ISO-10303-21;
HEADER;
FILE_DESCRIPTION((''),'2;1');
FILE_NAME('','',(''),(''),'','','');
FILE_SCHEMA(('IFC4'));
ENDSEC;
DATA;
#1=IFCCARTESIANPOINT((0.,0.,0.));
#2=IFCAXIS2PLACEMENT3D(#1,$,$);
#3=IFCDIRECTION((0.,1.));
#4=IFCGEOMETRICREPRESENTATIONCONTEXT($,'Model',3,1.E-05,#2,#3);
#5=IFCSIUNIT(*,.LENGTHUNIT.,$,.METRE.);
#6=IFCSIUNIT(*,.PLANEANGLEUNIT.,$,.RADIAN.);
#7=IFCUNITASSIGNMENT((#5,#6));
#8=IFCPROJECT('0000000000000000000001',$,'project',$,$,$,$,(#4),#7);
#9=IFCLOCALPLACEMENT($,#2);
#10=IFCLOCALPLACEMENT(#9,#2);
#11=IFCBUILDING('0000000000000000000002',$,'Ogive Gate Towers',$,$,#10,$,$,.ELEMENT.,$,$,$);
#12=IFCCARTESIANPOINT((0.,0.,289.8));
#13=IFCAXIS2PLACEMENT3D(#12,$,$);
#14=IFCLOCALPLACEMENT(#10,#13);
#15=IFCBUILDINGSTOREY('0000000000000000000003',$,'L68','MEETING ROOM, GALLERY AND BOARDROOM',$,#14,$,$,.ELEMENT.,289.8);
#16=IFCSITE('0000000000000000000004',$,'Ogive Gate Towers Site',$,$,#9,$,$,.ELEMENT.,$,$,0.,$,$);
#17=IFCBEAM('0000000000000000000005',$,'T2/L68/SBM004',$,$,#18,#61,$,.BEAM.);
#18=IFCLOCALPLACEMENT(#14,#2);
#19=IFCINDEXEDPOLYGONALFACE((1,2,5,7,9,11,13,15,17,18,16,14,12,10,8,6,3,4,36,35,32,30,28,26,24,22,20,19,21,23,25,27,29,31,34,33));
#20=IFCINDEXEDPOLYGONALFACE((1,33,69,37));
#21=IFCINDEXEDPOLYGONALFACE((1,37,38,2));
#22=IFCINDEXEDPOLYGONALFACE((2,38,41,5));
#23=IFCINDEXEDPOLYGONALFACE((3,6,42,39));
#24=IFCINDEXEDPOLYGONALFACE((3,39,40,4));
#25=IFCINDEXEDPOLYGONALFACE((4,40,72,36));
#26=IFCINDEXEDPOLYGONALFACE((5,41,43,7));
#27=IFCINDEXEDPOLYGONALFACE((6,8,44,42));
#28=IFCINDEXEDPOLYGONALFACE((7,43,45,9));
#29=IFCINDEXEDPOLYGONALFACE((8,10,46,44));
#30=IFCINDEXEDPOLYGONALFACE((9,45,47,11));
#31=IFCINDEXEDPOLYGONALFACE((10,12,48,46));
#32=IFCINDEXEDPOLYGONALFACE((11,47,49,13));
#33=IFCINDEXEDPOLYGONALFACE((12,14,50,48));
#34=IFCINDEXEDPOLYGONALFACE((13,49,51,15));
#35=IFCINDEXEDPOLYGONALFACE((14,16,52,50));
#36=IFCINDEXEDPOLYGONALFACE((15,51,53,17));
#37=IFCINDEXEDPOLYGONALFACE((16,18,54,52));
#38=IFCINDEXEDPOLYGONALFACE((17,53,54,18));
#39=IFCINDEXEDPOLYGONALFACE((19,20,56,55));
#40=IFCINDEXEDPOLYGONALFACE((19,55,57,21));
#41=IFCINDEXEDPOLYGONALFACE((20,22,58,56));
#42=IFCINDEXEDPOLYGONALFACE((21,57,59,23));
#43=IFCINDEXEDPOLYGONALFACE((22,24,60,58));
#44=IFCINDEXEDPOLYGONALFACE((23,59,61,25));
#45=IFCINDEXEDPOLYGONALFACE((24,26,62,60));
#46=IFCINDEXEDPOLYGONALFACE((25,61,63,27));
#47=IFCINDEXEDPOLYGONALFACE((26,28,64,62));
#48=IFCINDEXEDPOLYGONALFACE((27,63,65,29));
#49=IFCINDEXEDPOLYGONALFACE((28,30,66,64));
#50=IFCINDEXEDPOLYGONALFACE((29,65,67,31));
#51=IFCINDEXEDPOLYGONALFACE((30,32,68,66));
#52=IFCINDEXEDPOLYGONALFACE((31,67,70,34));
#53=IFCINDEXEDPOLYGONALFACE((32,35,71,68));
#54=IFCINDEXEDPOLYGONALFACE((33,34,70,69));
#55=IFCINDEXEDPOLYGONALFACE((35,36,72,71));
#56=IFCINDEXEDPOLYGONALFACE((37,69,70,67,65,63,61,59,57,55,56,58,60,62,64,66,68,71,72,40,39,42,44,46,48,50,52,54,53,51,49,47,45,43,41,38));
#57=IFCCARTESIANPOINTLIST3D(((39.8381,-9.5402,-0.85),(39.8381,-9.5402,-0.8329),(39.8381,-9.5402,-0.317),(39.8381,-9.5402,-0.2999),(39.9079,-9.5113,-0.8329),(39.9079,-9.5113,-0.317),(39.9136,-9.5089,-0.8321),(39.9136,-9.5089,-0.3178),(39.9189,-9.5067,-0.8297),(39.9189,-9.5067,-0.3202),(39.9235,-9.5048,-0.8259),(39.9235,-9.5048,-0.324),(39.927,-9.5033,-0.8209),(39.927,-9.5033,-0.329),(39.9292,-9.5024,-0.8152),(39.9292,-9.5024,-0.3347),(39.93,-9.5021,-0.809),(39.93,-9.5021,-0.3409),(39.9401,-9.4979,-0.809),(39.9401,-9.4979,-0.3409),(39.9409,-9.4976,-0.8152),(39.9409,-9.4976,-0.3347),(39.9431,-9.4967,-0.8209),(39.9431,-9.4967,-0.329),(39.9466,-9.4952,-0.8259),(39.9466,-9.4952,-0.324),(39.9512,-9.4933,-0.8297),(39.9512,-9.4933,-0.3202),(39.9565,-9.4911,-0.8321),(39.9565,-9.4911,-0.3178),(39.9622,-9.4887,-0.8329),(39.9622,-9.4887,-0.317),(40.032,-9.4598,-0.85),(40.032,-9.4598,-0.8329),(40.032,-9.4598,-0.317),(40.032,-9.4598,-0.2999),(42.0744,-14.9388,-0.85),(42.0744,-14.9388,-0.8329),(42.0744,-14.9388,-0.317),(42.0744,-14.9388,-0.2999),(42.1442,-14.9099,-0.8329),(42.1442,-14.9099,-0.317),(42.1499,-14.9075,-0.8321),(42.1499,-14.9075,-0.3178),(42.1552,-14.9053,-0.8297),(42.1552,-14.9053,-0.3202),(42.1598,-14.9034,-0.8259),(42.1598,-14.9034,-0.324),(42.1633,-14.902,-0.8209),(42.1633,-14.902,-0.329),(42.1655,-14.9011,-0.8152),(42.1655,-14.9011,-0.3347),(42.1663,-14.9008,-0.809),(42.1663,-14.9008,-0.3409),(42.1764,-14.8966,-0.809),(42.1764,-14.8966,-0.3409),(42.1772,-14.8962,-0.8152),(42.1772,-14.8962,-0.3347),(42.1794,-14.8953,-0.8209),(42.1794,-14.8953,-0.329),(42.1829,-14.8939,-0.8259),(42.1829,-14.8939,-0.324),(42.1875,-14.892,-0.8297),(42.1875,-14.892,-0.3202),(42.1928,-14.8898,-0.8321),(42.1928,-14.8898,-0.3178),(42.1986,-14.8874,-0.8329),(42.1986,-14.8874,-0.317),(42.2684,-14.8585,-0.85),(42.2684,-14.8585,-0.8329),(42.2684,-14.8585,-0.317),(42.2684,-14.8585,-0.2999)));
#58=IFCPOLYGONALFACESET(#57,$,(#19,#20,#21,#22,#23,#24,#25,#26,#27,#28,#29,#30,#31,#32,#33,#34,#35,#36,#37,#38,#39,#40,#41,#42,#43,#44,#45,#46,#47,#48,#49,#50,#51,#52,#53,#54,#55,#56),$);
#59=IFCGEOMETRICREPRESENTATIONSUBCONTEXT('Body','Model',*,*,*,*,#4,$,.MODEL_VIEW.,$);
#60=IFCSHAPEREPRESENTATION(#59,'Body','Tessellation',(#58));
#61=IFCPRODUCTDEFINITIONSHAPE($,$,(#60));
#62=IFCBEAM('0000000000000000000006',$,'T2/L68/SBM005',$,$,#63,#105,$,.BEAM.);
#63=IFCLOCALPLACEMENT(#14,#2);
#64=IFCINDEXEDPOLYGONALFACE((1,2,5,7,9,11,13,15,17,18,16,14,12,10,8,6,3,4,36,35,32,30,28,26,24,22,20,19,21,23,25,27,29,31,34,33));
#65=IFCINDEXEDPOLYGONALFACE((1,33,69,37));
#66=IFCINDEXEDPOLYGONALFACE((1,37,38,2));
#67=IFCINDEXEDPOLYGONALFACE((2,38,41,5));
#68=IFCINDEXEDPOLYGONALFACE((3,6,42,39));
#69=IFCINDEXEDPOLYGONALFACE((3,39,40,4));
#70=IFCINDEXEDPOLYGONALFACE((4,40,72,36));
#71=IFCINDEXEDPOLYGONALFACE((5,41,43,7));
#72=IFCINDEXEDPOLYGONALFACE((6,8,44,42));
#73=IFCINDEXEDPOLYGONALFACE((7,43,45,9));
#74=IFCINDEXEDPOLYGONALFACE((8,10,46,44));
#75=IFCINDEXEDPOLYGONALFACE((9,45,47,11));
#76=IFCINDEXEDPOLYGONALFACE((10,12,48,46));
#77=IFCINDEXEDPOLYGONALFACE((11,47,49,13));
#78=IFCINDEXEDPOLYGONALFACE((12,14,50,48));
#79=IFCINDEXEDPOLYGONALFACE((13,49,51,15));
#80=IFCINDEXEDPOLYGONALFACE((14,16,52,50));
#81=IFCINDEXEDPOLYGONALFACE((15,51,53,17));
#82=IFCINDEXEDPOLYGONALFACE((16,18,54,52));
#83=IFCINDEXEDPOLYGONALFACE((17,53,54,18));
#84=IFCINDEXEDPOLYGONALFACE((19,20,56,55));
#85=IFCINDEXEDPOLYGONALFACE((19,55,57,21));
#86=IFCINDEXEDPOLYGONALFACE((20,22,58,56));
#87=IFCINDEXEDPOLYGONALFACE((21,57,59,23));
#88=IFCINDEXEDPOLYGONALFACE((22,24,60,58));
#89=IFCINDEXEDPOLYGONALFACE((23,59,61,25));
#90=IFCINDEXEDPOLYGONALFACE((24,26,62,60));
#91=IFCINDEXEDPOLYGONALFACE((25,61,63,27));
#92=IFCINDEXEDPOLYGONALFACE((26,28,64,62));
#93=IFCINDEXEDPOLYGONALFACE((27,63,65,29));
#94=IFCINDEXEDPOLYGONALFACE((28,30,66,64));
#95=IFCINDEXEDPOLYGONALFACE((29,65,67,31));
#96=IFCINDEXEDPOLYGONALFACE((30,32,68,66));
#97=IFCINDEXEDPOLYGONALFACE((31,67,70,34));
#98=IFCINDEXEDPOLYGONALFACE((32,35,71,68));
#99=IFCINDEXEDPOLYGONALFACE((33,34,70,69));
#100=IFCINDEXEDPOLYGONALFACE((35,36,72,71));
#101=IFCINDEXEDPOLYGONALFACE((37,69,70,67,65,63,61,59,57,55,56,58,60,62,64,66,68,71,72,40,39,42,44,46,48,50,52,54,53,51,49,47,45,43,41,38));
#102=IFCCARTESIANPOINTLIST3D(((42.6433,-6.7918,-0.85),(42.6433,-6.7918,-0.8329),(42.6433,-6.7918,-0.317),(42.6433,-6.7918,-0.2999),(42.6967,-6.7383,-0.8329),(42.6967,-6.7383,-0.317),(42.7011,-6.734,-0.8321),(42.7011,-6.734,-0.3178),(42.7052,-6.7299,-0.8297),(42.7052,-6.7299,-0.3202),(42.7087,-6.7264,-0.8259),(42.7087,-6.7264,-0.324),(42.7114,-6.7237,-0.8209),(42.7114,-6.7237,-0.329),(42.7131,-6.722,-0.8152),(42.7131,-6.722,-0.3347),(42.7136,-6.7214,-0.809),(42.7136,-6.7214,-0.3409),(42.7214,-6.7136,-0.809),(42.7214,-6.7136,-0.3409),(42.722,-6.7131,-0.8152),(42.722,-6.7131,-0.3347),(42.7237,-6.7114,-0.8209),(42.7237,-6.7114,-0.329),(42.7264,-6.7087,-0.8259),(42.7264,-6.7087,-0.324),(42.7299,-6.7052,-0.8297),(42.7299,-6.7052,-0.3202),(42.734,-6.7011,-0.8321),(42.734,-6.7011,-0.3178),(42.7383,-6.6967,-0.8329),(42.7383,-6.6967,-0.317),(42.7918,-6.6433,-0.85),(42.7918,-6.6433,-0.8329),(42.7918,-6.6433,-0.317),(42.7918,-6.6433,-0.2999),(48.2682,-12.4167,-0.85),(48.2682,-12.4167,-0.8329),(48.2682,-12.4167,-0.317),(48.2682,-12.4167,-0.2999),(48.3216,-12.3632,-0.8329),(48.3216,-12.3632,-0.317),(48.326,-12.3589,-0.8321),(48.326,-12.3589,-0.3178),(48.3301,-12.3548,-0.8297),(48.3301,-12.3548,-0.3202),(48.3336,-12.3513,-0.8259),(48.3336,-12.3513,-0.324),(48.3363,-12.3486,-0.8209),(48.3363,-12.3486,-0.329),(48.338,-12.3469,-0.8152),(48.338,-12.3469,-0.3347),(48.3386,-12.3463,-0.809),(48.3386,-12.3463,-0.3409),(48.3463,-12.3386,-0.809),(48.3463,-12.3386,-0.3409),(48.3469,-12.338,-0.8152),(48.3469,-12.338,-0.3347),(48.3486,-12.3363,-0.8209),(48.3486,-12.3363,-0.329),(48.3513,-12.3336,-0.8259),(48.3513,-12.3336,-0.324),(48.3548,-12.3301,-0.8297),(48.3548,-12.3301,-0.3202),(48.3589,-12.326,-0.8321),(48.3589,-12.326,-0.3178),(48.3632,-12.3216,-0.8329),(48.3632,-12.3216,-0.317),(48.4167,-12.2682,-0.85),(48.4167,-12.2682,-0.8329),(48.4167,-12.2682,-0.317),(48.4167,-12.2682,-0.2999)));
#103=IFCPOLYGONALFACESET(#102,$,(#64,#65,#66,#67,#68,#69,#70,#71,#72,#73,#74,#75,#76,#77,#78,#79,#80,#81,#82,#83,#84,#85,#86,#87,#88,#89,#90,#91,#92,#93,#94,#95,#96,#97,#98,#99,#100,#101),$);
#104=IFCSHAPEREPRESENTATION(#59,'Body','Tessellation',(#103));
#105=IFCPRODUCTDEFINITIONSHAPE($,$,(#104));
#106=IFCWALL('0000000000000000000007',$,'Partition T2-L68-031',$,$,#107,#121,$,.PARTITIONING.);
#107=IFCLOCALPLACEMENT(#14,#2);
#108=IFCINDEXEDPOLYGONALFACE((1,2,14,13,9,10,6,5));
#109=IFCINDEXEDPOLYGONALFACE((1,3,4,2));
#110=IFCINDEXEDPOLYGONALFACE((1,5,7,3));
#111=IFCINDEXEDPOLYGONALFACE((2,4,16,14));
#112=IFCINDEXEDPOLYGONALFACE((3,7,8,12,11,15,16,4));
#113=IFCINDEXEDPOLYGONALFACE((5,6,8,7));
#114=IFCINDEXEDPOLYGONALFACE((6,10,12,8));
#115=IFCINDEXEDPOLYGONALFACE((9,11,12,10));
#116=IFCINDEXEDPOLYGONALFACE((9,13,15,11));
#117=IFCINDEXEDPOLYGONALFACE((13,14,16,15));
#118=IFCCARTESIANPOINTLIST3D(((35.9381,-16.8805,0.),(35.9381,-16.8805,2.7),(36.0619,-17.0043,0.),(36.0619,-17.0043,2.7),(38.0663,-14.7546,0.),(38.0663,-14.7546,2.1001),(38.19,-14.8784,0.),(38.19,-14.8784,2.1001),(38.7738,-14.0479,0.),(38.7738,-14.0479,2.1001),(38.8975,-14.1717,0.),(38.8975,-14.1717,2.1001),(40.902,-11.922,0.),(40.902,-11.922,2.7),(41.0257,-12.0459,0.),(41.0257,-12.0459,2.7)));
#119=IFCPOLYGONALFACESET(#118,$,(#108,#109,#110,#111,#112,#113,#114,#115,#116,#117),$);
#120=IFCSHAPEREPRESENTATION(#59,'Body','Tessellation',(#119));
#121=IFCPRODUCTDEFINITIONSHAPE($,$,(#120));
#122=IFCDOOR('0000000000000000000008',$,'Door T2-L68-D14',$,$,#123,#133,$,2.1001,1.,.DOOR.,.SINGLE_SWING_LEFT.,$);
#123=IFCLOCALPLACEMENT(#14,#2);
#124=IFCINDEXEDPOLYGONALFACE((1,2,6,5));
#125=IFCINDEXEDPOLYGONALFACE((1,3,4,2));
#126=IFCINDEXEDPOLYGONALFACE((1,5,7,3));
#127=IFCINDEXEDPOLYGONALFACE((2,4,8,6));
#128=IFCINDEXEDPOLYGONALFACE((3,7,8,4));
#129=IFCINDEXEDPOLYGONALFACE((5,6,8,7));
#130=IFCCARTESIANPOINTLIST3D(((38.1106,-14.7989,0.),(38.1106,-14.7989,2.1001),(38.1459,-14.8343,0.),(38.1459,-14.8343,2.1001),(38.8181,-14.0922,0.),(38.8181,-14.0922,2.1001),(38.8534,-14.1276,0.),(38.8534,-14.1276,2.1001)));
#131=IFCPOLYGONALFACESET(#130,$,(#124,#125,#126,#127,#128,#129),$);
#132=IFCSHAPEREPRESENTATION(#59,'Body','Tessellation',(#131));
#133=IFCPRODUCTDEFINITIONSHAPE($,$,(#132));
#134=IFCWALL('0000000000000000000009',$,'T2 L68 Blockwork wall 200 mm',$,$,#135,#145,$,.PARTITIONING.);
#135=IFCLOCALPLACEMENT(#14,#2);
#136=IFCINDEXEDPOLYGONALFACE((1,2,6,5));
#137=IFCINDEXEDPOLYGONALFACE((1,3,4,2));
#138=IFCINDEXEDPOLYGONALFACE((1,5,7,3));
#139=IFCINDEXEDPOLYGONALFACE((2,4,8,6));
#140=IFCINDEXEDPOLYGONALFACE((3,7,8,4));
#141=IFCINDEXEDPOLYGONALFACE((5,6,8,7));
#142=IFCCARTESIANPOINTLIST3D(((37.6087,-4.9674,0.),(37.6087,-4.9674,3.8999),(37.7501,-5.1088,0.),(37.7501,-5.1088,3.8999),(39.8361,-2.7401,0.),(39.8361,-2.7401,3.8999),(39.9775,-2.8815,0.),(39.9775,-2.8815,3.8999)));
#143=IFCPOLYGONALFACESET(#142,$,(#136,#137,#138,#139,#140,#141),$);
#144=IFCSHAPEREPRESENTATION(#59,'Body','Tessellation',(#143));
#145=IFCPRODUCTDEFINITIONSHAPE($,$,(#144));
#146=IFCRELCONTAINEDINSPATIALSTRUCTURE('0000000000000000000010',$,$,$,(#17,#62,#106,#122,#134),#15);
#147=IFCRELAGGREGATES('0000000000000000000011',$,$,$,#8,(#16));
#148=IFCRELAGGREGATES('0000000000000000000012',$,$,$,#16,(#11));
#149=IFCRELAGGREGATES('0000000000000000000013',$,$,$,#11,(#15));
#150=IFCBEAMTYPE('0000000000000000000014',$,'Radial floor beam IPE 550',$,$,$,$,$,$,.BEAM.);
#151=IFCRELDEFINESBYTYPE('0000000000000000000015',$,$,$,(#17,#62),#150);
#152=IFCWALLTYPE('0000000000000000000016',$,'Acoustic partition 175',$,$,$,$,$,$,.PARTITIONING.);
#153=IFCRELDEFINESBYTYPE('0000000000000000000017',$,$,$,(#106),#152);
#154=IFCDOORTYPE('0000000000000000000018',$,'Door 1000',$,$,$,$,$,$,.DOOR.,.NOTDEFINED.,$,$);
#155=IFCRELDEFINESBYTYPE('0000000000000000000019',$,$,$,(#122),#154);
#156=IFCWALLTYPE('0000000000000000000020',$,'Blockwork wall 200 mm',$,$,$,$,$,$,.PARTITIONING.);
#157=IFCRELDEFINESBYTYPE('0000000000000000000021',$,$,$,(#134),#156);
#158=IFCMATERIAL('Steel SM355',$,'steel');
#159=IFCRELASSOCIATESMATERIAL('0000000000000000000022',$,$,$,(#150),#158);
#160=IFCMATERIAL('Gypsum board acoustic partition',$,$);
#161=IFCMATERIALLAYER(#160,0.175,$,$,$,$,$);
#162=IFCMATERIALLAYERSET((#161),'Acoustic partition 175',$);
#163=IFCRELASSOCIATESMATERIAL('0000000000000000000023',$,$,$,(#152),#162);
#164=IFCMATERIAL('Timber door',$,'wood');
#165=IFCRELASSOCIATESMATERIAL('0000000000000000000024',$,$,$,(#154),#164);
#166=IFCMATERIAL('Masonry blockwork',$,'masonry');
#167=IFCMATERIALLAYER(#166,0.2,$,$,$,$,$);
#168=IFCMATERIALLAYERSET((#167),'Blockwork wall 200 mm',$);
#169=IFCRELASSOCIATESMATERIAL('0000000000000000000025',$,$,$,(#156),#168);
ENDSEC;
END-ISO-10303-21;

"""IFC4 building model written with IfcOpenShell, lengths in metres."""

from ifc_helpers import new_model, si_unit, direction, frame, frame_2d, origin, origin_2d, place, context, subcontext, project, spatial, rectangle, i_section, extrude, material, layer, layer_set, material_profile, profile_set, type_object, element, fill, save


model = new_model("IFC4")

# Units and contexts
model_context = context("Model", 3, precision=1e-05, world=origin(), true_north=direction((0.0, 1.0)))
body_context = subcontext(model_context, "Body", "Model", "MODEL_VIEW")
ifc_project = project(units=[si_unit("LENGTHUNIT", "METRE"), si_unit("PLANEANGLEUNIT", "RADIAN")], contexts=[model_context])

# Site, building, storey
site_placement = place(None, origin())
site = spatial("IfcSite", under=ifc_project, at=site_placement, Name="Ogive Gate Towers Site", CompositionType="ELEMENT", RefElevation=0.0)
building_placement = place(site_placement, origin())
building = spatial("IfcBuilding", under=site, at=building_placement, Name="Ogive Gate Towers", CompositionType="ELEMENT")
storey_placement = place(building_placement, frame((0.0, 0.0, 289.8)))
storey = spatial("IfcBuildingStorey", under=building, at=storey_placement, Name="L68", Description="MEETING ROOM, GALLERY AND BOARDROOM", CompositionType="ELEMENT", Elevation=289.8)

# Beams
ifc_material_1 = material(Name="Steel SM355", Category="steel")
ifc_material_profile = material_profile(ifc_material_1, i_section(OverallWidth=0.21, OverallDepth=0.55, WebThickness=0.011, FlangeThickness=0.0171, FilletRadius=0.0239, at=origin_2d()), Name="IPE 550")
ifc_profile_set = profile_set([ifc_material_profile], Name="Steel SM355")
beam_type = type_object("IfcBeamType", Name="Radial floor beam IPE 550", PredefinedType="BEAM", material=ifc_profile_set)
beam_1_placement = place(storey_placement, frame((39.9351, -9.5, -0.575), z_axis=(0.382701, -0.923872, 0.0), x_axis=(0.923872, 0.382701, 0.0)))
element("IfcBeam", 1, at=beam_1_placement, inside=storey, type_object=beam_type, Name="T2/L68/SBM004", PredefinedType="BEAM", context=body_context, shape_type="SweptSolid", body=[
    extrude(i_section(OverallWidth=0.21, OverallDepth=0.55, WebThickness=0.011, FlangeThickness=0.0171, FilletRadius=0.0239, at=origin_2d()), origin(), (0.0, 0.0, 1.0), 5.8435),
])
beam_2_placement = place(storey_placement, frame((42.7175, -6.7175, -0.575), z_axis=(0.707107, -0.707107, 0.0), x_axis=(0.707107, 0.707107, 0.0)))
element("IfcBeam", 2, at=beam_2_placement, inside=storey, type_object=beam_type, Name="T2/L68/SBM005", PredefinedType="BEAM", context=body_context, shape_type="SweptSolid", body=[
    extrude(i_section(OverallWidth=0.21, OverallDepth=0.55, WebThickness=0.011, FlangeThickness=0.0171, FilletRadius=0.0239, at=origin_2d()), origin(), (0.0, 0.0, 1.0), 7.9548),
])

# Wall, opening, door
ifc_material_2 = material(Name="Gypsum board acoustic partition")
ifc_layer_1 = layer(ifc_material_2, 0.175)
ifc_layer_set_1 = layer_set([ifc_layer_1], Name="Acoustic partition 175")
wall_type_1 = type_object("IfcWallType", Name="Acoustic partition 175", PredefinedType="PARTITIONING", material=ifc_layer_set_1)
wall_1_placement = place(storey_placement, frame((36.0, -16.9424, 0.0), z_axis=(0.0, 0.0, 1.0), x_axis=(0.707489, 0.706724, 0.0)))
wall_1 = element("IfcWall", 3, at=wall_1_placement, inside=storey, type_object=wall_type_1, Name="Partition T2-L68-031", PredefinedType="PARTITIONING", context=body_context, shape_type="SweptSolid", body=[
    extrude(rectangle(XDim=7.0161, YDim=0.175, at=frame_2d((3.5081, 0.0))), origin(), (0.0, 0.0, 1.0), 2.7),
])
opening_1_placement = place(wall_1_placement, frame((3.0081, 0.0, 0.0)))
opening_1 = element("IfcOpeningElement", 4, at=opening_1_placement, cuts=wall_1, PredefinedType="OPENING", context=body_context, shape_type="SweptSolid", body=[
    extrude(rectangle(XDim=1.0, YDim=2.1001, at=frame_2d((0.5, 1.05))), frame((0.0, 0.0977, 0.0), z_axis=(0.0, -1.0, 0.0), x_axis=(1.0, 0.0, 0.0)), (0.0, 0.0, 1.0), 0.1951),
])
ifc_material_3 = material(Name="Timber door", Category="wood")
door_type_1 = type_object("IfcDoorType", Name="Door 1000", OperationType="NOTDEFINED", PredefinedType="DOOR", material=ifc_material_3)
door_1_placement = place(opening_1_placement, origin())
door_1 = element("IfcDoor", 5, at=door_1_placement, inside=storey, type_object=door_type_1, Name="Door T2-L68-D14", OperationType="SINGLE_SWING_LEFT", OverallHeight=2.1001, OverallWidth=1.0, PredefinedType="DOOR", context=body_context, shape_type="SweptSolid", body=[
    extrude(rectangle(XDim=1.0, YDim=2.1001, at=frame_2d((0.5, 1.05))), frame((0.0, 0.0249, 0.0), z_axis=(0.0, -1.0, 0.0), x_axis=(1.0, 0.0, 0.0)), (0.0, 0.0, 1.0), 0.05),
])
fill(opening_1, door_1)

# Wall
ifc_material_4 = material(Name="Masonry blockwork", Category="masonry")
ifc_layer_2 = layer(ifc_material_4, 0.2)
ifc_layer_set_2 = layer_set([ifc_layer_2], Name="Blockwork wall 200 mm")
wall_type_2 = type_object("IfcWallType", Name="Blockwork wall 200 mm", PredefinedType="PARTITIONING", material=ifc_layer_set_2)
wall_2_placement = place(storey_placement, frame((37.6794, -5.0381, 0.0), z_axis=(0.0, 0.0, 1.0), x_axis=(0.707107, 0.707107, 0.0)))
element("IfcWall", 6, at=wall_2_placement, inside=storey, type_object=wall_type_2, Name="T2 L68 Blockwork wall 200 mm", PredefinedType="PARTITIONING", context=body_context, shape_type="SweptSolid", body=[
    extrude(rectangle(XDim=3.1499, YDim=0.2, at=frame_2d((1.575, 0.0))), origin(), (0.0, 0.0, 1.0), 3.8999),
])

save(model, "model.ifc")
